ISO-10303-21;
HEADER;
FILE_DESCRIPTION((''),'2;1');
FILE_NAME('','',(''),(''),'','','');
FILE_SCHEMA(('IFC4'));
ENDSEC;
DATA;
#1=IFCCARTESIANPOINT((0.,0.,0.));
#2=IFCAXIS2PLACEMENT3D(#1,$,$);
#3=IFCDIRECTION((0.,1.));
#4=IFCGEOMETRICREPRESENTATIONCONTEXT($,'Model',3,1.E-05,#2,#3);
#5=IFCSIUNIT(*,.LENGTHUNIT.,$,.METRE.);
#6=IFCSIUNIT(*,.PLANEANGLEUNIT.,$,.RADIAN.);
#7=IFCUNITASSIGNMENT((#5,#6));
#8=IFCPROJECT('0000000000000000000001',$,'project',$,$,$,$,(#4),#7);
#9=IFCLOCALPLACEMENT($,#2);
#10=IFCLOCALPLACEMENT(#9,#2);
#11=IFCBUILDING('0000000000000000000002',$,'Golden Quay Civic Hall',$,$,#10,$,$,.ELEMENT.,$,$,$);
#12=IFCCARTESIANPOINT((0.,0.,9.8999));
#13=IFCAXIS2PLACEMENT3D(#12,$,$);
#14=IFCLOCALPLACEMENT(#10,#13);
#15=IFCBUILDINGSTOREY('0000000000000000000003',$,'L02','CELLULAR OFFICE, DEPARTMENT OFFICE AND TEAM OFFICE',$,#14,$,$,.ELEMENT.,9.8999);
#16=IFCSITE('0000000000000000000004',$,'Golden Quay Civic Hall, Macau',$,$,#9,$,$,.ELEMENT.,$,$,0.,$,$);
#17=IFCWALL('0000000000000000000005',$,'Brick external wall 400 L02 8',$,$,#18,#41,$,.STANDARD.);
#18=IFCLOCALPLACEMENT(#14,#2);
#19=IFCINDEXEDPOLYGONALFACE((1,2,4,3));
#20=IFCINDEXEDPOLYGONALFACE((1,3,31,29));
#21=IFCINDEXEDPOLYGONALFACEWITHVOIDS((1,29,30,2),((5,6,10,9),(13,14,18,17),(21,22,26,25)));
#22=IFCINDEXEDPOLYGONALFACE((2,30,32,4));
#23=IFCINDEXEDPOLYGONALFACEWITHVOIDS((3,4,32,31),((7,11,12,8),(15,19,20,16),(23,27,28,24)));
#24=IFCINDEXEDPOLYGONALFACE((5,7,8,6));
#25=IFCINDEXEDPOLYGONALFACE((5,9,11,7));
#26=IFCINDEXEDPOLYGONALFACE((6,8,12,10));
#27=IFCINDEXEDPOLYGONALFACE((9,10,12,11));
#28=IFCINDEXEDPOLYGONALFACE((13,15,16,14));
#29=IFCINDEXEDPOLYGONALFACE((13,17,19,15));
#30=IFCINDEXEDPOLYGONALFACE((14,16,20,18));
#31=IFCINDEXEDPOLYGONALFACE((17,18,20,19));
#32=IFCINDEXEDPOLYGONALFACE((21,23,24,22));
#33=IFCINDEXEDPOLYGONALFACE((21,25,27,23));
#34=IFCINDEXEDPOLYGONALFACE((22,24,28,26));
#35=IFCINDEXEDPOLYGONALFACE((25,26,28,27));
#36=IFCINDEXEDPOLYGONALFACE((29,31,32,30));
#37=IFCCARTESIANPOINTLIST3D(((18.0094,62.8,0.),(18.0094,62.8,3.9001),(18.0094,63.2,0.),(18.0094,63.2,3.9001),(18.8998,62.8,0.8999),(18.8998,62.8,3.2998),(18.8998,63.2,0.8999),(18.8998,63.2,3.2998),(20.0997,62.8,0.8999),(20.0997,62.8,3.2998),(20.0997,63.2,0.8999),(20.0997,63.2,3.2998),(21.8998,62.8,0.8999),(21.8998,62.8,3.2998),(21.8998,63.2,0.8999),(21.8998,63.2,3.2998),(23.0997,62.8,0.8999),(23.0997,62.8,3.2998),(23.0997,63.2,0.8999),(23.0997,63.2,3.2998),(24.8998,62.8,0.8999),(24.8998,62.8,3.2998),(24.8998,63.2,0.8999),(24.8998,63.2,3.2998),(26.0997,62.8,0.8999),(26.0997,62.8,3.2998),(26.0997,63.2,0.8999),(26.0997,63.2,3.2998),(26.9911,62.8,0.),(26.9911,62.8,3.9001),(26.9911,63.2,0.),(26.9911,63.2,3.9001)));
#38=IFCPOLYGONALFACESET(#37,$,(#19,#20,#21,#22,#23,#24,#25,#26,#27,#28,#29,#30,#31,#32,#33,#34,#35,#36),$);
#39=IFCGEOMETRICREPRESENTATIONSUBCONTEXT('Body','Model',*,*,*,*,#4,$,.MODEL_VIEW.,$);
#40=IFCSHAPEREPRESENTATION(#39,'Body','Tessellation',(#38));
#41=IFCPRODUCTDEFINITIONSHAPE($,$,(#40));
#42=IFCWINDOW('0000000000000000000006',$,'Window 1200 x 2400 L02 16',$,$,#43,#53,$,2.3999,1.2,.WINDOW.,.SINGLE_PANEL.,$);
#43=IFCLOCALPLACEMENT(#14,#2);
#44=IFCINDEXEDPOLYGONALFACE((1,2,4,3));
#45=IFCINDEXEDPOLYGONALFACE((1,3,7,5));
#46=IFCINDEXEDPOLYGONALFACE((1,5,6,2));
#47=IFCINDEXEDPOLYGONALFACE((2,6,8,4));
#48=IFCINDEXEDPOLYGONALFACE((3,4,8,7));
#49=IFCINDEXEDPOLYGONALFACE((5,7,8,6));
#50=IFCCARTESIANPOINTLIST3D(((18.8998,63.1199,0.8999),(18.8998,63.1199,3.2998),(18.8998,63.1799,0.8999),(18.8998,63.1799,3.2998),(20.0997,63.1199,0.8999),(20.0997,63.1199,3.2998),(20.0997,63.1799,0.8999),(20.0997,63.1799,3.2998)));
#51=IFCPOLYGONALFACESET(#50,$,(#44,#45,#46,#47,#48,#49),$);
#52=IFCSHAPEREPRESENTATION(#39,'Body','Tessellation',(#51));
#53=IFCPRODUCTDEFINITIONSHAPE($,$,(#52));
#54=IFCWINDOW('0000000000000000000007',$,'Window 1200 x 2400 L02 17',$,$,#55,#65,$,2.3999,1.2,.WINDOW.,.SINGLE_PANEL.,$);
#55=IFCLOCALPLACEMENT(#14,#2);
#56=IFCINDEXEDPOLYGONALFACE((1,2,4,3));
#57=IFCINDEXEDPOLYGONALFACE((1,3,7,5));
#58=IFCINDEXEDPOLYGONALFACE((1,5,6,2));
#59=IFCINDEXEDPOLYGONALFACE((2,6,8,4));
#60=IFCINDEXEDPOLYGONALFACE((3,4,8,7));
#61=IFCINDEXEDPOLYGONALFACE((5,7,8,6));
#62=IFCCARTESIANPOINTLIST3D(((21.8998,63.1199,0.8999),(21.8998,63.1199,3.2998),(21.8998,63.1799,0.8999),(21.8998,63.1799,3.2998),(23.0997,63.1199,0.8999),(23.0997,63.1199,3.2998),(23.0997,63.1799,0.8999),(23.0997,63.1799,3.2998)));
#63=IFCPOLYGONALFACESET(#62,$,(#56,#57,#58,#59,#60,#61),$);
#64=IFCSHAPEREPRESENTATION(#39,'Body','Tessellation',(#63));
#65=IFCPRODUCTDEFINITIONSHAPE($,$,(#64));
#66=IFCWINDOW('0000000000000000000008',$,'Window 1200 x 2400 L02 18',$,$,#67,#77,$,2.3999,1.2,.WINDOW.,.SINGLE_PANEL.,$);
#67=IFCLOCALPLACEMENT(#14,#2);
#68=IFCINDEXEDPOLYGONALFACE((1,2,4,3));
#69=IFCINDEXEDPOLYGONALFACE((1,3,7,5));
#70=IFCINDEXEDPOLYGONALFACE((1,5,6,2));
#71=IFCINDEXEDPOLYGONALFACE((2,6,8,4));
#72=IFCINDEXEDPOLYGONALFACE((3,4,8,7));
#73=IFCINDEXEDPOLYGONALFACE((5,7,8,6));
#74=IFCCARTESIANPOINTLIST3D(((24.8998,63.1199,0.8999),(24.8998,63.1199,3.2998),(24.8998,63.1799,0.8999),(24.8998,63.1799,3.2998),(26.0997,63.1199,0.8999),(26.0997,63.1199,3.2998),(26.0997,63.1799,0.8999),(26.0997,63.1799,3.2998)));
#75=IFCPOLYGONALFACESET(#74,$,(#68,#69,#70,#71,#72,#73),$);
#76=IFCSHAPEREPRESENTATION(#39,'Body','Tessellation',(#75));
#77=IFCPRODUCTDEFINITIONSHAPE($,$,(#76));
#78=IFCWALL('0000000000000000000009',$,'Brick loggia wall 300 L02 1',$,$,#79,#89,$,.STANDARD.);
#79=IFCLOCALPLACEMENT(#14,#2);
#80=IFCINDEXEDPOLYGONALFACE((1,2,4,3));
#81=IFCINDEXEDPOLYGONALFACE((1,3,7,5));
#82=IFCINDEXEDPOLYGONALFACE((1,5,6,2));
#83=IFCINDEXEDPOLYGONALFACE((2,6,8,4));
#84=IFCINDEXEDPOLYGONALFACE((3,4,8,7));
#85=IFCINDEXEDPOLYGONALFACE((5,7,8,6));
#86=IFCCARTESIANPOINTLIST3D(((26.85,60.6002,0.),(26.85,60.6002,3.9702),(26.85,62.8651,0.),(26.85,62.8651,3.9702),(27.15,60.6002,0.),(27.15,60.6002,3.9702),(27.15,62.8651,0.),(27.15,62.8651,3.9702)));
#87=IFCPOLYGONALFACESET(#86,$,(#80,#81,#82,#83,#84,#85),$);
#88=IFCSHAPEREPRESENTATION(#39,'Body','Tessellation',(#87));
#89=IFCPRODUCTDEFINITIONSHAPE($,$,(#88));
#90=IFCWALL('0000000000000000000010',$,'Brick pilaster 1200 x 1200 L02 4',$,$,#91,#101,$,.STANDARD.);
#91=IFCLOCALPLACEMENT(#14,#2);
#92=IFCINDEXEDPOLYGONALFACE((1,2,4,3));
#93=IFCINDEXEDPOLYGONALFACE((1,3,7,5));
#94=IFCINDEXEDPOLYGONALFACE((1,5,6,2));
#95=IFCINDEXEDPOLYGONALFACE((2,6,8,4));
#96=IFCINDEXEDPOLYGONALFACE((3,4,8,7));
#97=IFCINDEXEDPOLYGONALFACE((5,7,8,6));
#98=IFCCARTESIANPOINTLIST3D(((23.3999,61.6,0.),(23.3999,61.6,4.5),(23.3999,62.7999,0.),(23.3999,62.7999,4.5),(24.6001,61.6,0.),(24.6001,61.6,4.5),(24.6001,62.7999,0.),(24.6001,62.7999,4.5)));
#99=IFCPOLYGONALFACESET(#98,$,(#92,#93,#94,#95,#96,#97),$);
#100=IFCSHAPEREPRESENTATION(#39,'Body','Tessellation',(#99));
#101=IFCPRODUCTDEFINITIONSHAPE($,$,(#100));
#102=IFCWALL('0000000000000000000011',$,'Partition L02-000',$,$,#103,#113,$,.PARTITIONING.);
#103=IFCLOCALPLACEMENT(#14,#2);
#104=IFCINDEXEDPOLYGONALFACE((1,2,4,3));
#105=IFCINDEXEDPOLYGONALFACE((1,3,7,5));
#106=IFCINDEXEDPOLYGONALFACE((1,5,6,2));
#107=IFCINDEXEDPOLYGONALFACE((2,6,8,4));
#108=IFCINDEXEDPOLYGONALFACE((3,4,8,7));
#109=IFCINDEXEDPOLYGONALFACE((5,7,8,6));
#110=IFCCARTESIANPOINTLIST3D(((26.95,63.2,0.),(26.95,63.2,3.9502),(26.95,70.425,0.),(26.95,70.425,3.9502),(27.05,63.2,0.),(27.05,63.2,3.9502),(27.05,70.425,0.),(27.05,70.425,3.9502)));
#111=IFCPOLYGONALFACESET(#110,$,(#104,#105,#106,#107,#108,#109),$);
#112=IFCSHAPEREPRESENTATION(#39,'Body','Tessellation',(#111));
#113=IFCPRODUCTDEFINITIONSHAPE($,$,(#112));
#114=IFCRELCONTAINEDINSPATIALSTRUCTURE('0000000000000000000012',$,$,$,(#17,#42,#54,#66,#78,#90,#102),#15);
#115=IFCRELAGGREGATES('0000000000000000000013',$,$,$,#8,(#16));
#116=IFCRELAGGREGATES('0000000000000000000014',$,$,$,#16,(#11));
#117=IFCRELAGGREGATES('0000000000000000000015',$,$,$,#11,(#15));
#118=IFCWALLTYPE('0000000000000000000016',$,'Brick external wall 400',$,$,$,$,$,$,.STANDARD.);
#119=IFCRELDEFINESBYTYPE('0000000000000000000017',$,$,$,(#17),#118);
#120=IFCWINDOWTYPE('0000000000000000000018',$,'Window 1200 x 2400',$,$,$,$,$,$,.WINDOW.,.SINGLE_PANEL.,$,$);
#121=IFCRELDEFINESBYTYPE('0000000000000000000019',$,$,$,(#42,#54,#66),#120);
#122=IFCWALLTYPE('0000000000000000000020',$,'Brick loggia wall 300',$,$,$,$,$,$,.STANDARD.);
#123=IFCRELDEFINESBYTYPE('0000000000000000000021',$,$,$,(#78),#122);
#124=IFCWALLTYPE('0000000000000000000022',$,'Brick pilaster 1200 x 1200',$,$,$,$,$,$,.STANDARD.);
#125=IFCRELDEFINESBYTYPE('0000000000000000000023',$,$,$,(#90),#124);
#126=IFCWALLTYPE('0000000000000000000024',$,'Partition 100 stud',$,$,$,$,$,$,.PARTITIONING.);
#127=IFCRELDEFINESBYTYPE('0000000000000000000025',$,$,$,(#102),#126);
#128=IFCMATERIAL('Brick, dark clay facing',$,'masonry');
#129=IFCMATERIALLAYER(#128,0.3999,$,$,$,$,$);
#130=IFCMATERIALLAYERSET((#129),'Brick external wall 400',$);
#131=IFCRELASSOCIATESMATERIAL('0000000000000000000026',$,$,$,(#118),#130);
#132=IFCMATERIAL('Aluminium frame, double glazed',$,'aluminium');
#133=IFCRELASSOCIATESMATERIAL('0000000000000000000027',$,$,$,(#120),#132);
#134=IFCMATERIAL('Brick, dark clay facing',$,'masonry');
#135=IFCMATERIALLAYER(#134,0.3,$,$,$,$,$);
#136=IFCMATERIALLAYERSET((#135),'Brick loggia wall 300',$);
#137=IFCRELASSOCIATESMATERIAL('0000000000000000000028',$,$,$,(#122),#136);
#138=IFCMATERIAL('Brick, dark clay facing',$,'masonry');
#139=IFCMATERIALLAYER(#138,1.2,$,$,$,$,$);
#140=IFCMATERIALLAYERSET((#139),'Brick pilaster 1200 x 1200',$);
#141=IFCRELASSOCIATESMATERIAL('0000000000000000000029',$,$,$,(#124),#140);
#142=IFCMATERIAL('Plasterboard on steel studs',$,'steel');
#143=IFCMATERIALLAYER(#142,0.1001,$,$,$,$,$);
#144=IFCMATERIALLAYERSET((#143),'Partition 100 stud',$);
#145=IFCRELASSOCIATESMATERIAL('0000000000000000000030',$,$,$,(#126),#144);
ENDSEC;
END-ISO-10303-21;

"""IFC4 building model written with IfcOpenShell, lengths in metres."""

from ifc_helpers import new_model, si_unit, direction, frame, frame_2d, origin, place, context, subcontext, project, spatial, rectangle, extrude, material, layer, layer_set, type_object, element, fill, save


model = new_model("IFC4")

# Units and contexts
model_context = context("Model", 3, precision=1e-05, world=origin(), true_north=direction((0.0, 1.0)))
body_context = subcontext(model_context, "Body", "Model", "MODEL_VIEW")
ifc_project = project(units=[si_unit("LENGTHUNIT", "METRE"), si_unit("PLANEANGLEUNIT", "RADIAN")], contexts=[model_context])

# Site, building, storey
site_placement = place(None, origin())
site = spatial("IfcSite", under=ifc_project, at=site_placement, Name="Golden Quay Civic Hall, Macau", CompositionType="ELEMENT", RefElevation=0.0)
building_placement = place(site_placement, origin())
building = spatial("IfcBuilding", under=site, at=building_placement, Name="Golden Quay Civic Hall", CompositionType="ELEMENT")
storey_placement = place(building_placement, frame((0.0, 0.0, 9.8999)))
storey = spatial("IfcBuildingStorey", under=building, at=storey_placement, Name="L02", Description="CELLULAR OFFICE, DEPARTMENT OFFICE AND TEAM OFFICE", CompositionType="ELEMENT", Elevation=9.8999)

# Wall, openings, windows
ifc_material_1 = material(Name="Brick, dark clay facing", Category="masonry")
ifc_layer_1 = layer(ifc_material_1, 0.3999)
ifc_layer_set_1 = layer_set([ifc_layer_1], Name="Brick external wall 400")
wall_type_1 = type_object("IfcWallType", Name="Brick external wall 400", PredefinedType="STANDARD", material=ifc_layer_set_1)
wall_1_placement = place(storey_placement, frame((26.991, 63.0, 0.0), z_axis=(0.0, 0.0, 1.0), x_axis=(-1.0, 0.0, 0.0)))
wall_1 = element("IfcWall", 1, at=wall_1_placement, inside=storey, type_object=wall_type_1, Name="Brick external wall 400 L02 8", PredefinedType="STANDARD", context=body_context, shape_type="SweptSolid", body=[
    extrude(rectangle(XDim=8.9817, YDim=0.3999, at=frame_2d((4.4907, 0.0))), origin(), (0.0, 0.0, 1.0), 3.9001),
])
opening_1_placement = place(wall_1_placement, frame((6.8911, 0.0, 0.8999)))
opening_1 = element("IfcOpeningElement", 2, at=opening_1_placement, cuts=wall_1, PredefinedType="OPENING", context=body_context, shape_type="SweptSolid", body=[
    extrude(rectangle(XDim=1.2, YDim=2.3999, at=frame_2d((0.6001, 1.2))), frame((0.0, 0.21, 0.0), z_axis=(0.0, -1.0, 0.0), x_axis=(1.0, 0.0, 0.0)), (0.0, 0.0, 1.0), 0.4199),
])
opening_2_placement = place(wall_1_placement, frame((3.8911, 0.0, 0.8999)))
opening_2 = element("IfcOpeningElement", 3, at=opening_2_placement, cuts=wall_1, PredefinedType="OPENING", context=body_context, shape_type="SweptSolid", body=[
    extrude(rectangle(XDim=1.2, YDim=2.3999, at=frame_2d((0.6001, 1.2))), frame((0.0, 0.21, 0.0), z_axis=(0.0, -1.0, 0.0), x_axis=(1.0, 0.0, 0.0)), (0.0, 0.0, 1.0), 0.4199),
])
opening_3_placement = place(wall_1_placement, frame((0.8911, 0.0, 0.8999)))
opening_3 = element("IfcOpeningElement", 4, at=opening_3_placement, cuts=wall_1, PredefinedType="OPENING", context=body_context, shape_type="SweptSolid", body=[
    extrude(rectangle(XDim=1.2, YDim=2.3999, at=frame_2d((0.6001, 1.2))), frame((0.0, 0.21, 0.0), z_axis=(0.0, -1.0, 0.0), x_axis=(1.0, 0.0, 0.0)), (0.0, 0.0, 1.0), 0.4199),
])
ifc_material_2 = material(Name="Aluminium frame, double glazed", Category="aluminium")
window_type = type_object("IfcWindowType", Name="Window 1200 x 2400", PartitioningType="SINGLE_PANEL", PredefinedType="WINDOW", material=ifc_material_2)
window_1_placement = place(opening_1_placement, origin())
window_1 = element("IfcWindow", 5, at=window_1_placement, inside=storey, type_object=window_type, Name="Window 1200 x 2400 L02 16", OverallHeight=2.3999, OverallWidth=1.2, PartitioningType="SINGLE_PANEL", PredefinedType="WINDOW", context=body_context, shape_type="SweptSolid", body=[
    extrude(rectangle(XDim=1.2, YDim=2.3999, at=frame_2d((0.6001, 1.2))), frame((0.0, -0.1199, 0.0), z_axis=(0.0, -1.0, 0.0), x_axis=(1.0, 0.0, 0.0)), (0.0, 0.0, 1.0), 0.0601),
])
fill(opening_1, window_1)
window_2_placement = place(opening_2_placement, origin())
window_2 = element("IfcWindow", 6, at=window_2_placement, inside=storey, type_object=window_type, Name="Window 1200 x 2400 L02 17", OverallHeight=2.3999, OverallWidth=1.2, PartitioningType="SINGLE_PANEL", PredefinedType="WINDOW", context=body_context, shape_type="SweptSolid", body=[
    extrude(rectangle(XDim=1.2, YDim=2.3999, at=frame_2d((0.6001, 1.2))), frame((0.0, -0.1199, 0.0), z_axis=(0.0, -1.0, 0.0), x_axis=(1.0, 0.0, 0.0)), (0.0, 0.0, 1.0), 0.0601),
])
fill(opening_2, window_2)
window_3_placement = place(opening_3_placement, origin())
window_3 = element("IfcWindow", 7, at=window_3_placement, inside=storey, type_object=window_type, Name="Window 1200 x 2400 L02 18", OverallHeight=2.3999, OverallWidth=1.2, PartitioningType="SINGLE_PANEL", PredefinedType="WINDOW", context=body_context, shape_type="SweptSolid", body=[
    extrude(rectangle(XDim=1.2, YDim=2.3999, at=frame_2d((0.6001, 1.2))), frame((0.0, -0.1199, 0.0), z_axis=(0.0, -1.0, 0.0), x_axis=(1.0, 0.0, 0.0)), (0.0, 0.0, 1.0), 0.0601),
])
fill(opening_3, window_3)

# Walls
ifc_material_3 = material(Name="Brick, dark clay facing", Category="masonry")
ifc_layer_2 = layer(ifc_material_3, 0.3)
ifc_layer_set_2 = layer_set([ifc_layer_2], Name="Brick loggia wall 300")
wall_type_2 = type_object("IfcWallType", Name="Brick loggia wall 300", PredefinedType="STANDARD", material=ifc_layer_set_2)
wall_2_placement = place(storey_placement, frame((27.0, 62.865, 0.0), z_axis=(0.0, 0.0, 1.0), x_axis=(0.0, -1.0, 0.0)))
element("IfcWall", 8, at=wall_2_placement, inside=storey, type_object=wall_type_2, Name="Brick loggia wall 300 L02 1", PredefinedType="STANDARD", context=body_context, shape_type="SweptSolid", body=[
    extrude(rectangle(XDim=2.2649, YDim=0.3, at=frame_2d((1.1323, 0.0))), origin(), (0.0, 0.0, 1.0), 3.9702),
])
ifc_material_4 = material(Name="Brick, dark clay facing", Category="masonry")
ifc_layer_3 = layer(ifc_material_4, 1.2)
ifc_layer_set_3 = layer_set([ifc_layer_3], Name="Brick pilaster 1200 x 1200")
wall_type_3 = type_object("IfcWallType", Name="Brick pilaster 1200 x 1200", PredefinedType="STANDARD", material=ifc_layer_set_3)
wall_3_placement = place(storey_placement, frame((23.3999, 62.2, 0.0), z_axis=(0.0, 0.0, 1.0), x_axis=(1.0, 0.0, 0.0)))
element("IfcWall", 9, at=wall_3_placement, inside=storey, type_object=wall_type_3, Name="Brick pilaster 1200 x 1200 L02 4", PredefinedType="STANDARD", context=body_context, shape_type="SweptSolid", body=[
    extrude(rectangle(XDim=1.2002, YDim=1.2, at=frame_2d((0.6001, 0.0))), origin(), (0.0, 0.0, 1.0), 4.5),
])
ifc_material_5 = material(Name="Plasterboard on steel studs", Category="steel")
ifc_layer_4 = layer(ifc_material_5, 0.1001)
ifc_layer_set_4 = layer_set([ifc_layer_4], Name="Partition 100 stud")
wall_type_4 = type_object("IfcWallType", Name="Partition 100 stud", PredefinedType="PARTITIONING", material=ifc_layer_set_4)
wall_4_placement = place(storey_placement, frame((27.0, 63.2, 0.0), z_axis=(0.0, 0.0, 1.0), x_axis=(0.0, 1.0, 0.0)))
element("IfcWall", 10, at=wall_4_placement, inside=storey, type_object=wall_type_4, Name="Partition L02-000", PredefinedType="PARTITIONING", context=body_context, shape_type="SweptSolid", body=[
    extrude(rectangle(XDim=7.2251, YDim=0.1001, at=frame_2d((3.6125, 0.0))), origin(), (0.0, 0.0, 1.0), 3.9502),
])

save(model, "model.ifc")
